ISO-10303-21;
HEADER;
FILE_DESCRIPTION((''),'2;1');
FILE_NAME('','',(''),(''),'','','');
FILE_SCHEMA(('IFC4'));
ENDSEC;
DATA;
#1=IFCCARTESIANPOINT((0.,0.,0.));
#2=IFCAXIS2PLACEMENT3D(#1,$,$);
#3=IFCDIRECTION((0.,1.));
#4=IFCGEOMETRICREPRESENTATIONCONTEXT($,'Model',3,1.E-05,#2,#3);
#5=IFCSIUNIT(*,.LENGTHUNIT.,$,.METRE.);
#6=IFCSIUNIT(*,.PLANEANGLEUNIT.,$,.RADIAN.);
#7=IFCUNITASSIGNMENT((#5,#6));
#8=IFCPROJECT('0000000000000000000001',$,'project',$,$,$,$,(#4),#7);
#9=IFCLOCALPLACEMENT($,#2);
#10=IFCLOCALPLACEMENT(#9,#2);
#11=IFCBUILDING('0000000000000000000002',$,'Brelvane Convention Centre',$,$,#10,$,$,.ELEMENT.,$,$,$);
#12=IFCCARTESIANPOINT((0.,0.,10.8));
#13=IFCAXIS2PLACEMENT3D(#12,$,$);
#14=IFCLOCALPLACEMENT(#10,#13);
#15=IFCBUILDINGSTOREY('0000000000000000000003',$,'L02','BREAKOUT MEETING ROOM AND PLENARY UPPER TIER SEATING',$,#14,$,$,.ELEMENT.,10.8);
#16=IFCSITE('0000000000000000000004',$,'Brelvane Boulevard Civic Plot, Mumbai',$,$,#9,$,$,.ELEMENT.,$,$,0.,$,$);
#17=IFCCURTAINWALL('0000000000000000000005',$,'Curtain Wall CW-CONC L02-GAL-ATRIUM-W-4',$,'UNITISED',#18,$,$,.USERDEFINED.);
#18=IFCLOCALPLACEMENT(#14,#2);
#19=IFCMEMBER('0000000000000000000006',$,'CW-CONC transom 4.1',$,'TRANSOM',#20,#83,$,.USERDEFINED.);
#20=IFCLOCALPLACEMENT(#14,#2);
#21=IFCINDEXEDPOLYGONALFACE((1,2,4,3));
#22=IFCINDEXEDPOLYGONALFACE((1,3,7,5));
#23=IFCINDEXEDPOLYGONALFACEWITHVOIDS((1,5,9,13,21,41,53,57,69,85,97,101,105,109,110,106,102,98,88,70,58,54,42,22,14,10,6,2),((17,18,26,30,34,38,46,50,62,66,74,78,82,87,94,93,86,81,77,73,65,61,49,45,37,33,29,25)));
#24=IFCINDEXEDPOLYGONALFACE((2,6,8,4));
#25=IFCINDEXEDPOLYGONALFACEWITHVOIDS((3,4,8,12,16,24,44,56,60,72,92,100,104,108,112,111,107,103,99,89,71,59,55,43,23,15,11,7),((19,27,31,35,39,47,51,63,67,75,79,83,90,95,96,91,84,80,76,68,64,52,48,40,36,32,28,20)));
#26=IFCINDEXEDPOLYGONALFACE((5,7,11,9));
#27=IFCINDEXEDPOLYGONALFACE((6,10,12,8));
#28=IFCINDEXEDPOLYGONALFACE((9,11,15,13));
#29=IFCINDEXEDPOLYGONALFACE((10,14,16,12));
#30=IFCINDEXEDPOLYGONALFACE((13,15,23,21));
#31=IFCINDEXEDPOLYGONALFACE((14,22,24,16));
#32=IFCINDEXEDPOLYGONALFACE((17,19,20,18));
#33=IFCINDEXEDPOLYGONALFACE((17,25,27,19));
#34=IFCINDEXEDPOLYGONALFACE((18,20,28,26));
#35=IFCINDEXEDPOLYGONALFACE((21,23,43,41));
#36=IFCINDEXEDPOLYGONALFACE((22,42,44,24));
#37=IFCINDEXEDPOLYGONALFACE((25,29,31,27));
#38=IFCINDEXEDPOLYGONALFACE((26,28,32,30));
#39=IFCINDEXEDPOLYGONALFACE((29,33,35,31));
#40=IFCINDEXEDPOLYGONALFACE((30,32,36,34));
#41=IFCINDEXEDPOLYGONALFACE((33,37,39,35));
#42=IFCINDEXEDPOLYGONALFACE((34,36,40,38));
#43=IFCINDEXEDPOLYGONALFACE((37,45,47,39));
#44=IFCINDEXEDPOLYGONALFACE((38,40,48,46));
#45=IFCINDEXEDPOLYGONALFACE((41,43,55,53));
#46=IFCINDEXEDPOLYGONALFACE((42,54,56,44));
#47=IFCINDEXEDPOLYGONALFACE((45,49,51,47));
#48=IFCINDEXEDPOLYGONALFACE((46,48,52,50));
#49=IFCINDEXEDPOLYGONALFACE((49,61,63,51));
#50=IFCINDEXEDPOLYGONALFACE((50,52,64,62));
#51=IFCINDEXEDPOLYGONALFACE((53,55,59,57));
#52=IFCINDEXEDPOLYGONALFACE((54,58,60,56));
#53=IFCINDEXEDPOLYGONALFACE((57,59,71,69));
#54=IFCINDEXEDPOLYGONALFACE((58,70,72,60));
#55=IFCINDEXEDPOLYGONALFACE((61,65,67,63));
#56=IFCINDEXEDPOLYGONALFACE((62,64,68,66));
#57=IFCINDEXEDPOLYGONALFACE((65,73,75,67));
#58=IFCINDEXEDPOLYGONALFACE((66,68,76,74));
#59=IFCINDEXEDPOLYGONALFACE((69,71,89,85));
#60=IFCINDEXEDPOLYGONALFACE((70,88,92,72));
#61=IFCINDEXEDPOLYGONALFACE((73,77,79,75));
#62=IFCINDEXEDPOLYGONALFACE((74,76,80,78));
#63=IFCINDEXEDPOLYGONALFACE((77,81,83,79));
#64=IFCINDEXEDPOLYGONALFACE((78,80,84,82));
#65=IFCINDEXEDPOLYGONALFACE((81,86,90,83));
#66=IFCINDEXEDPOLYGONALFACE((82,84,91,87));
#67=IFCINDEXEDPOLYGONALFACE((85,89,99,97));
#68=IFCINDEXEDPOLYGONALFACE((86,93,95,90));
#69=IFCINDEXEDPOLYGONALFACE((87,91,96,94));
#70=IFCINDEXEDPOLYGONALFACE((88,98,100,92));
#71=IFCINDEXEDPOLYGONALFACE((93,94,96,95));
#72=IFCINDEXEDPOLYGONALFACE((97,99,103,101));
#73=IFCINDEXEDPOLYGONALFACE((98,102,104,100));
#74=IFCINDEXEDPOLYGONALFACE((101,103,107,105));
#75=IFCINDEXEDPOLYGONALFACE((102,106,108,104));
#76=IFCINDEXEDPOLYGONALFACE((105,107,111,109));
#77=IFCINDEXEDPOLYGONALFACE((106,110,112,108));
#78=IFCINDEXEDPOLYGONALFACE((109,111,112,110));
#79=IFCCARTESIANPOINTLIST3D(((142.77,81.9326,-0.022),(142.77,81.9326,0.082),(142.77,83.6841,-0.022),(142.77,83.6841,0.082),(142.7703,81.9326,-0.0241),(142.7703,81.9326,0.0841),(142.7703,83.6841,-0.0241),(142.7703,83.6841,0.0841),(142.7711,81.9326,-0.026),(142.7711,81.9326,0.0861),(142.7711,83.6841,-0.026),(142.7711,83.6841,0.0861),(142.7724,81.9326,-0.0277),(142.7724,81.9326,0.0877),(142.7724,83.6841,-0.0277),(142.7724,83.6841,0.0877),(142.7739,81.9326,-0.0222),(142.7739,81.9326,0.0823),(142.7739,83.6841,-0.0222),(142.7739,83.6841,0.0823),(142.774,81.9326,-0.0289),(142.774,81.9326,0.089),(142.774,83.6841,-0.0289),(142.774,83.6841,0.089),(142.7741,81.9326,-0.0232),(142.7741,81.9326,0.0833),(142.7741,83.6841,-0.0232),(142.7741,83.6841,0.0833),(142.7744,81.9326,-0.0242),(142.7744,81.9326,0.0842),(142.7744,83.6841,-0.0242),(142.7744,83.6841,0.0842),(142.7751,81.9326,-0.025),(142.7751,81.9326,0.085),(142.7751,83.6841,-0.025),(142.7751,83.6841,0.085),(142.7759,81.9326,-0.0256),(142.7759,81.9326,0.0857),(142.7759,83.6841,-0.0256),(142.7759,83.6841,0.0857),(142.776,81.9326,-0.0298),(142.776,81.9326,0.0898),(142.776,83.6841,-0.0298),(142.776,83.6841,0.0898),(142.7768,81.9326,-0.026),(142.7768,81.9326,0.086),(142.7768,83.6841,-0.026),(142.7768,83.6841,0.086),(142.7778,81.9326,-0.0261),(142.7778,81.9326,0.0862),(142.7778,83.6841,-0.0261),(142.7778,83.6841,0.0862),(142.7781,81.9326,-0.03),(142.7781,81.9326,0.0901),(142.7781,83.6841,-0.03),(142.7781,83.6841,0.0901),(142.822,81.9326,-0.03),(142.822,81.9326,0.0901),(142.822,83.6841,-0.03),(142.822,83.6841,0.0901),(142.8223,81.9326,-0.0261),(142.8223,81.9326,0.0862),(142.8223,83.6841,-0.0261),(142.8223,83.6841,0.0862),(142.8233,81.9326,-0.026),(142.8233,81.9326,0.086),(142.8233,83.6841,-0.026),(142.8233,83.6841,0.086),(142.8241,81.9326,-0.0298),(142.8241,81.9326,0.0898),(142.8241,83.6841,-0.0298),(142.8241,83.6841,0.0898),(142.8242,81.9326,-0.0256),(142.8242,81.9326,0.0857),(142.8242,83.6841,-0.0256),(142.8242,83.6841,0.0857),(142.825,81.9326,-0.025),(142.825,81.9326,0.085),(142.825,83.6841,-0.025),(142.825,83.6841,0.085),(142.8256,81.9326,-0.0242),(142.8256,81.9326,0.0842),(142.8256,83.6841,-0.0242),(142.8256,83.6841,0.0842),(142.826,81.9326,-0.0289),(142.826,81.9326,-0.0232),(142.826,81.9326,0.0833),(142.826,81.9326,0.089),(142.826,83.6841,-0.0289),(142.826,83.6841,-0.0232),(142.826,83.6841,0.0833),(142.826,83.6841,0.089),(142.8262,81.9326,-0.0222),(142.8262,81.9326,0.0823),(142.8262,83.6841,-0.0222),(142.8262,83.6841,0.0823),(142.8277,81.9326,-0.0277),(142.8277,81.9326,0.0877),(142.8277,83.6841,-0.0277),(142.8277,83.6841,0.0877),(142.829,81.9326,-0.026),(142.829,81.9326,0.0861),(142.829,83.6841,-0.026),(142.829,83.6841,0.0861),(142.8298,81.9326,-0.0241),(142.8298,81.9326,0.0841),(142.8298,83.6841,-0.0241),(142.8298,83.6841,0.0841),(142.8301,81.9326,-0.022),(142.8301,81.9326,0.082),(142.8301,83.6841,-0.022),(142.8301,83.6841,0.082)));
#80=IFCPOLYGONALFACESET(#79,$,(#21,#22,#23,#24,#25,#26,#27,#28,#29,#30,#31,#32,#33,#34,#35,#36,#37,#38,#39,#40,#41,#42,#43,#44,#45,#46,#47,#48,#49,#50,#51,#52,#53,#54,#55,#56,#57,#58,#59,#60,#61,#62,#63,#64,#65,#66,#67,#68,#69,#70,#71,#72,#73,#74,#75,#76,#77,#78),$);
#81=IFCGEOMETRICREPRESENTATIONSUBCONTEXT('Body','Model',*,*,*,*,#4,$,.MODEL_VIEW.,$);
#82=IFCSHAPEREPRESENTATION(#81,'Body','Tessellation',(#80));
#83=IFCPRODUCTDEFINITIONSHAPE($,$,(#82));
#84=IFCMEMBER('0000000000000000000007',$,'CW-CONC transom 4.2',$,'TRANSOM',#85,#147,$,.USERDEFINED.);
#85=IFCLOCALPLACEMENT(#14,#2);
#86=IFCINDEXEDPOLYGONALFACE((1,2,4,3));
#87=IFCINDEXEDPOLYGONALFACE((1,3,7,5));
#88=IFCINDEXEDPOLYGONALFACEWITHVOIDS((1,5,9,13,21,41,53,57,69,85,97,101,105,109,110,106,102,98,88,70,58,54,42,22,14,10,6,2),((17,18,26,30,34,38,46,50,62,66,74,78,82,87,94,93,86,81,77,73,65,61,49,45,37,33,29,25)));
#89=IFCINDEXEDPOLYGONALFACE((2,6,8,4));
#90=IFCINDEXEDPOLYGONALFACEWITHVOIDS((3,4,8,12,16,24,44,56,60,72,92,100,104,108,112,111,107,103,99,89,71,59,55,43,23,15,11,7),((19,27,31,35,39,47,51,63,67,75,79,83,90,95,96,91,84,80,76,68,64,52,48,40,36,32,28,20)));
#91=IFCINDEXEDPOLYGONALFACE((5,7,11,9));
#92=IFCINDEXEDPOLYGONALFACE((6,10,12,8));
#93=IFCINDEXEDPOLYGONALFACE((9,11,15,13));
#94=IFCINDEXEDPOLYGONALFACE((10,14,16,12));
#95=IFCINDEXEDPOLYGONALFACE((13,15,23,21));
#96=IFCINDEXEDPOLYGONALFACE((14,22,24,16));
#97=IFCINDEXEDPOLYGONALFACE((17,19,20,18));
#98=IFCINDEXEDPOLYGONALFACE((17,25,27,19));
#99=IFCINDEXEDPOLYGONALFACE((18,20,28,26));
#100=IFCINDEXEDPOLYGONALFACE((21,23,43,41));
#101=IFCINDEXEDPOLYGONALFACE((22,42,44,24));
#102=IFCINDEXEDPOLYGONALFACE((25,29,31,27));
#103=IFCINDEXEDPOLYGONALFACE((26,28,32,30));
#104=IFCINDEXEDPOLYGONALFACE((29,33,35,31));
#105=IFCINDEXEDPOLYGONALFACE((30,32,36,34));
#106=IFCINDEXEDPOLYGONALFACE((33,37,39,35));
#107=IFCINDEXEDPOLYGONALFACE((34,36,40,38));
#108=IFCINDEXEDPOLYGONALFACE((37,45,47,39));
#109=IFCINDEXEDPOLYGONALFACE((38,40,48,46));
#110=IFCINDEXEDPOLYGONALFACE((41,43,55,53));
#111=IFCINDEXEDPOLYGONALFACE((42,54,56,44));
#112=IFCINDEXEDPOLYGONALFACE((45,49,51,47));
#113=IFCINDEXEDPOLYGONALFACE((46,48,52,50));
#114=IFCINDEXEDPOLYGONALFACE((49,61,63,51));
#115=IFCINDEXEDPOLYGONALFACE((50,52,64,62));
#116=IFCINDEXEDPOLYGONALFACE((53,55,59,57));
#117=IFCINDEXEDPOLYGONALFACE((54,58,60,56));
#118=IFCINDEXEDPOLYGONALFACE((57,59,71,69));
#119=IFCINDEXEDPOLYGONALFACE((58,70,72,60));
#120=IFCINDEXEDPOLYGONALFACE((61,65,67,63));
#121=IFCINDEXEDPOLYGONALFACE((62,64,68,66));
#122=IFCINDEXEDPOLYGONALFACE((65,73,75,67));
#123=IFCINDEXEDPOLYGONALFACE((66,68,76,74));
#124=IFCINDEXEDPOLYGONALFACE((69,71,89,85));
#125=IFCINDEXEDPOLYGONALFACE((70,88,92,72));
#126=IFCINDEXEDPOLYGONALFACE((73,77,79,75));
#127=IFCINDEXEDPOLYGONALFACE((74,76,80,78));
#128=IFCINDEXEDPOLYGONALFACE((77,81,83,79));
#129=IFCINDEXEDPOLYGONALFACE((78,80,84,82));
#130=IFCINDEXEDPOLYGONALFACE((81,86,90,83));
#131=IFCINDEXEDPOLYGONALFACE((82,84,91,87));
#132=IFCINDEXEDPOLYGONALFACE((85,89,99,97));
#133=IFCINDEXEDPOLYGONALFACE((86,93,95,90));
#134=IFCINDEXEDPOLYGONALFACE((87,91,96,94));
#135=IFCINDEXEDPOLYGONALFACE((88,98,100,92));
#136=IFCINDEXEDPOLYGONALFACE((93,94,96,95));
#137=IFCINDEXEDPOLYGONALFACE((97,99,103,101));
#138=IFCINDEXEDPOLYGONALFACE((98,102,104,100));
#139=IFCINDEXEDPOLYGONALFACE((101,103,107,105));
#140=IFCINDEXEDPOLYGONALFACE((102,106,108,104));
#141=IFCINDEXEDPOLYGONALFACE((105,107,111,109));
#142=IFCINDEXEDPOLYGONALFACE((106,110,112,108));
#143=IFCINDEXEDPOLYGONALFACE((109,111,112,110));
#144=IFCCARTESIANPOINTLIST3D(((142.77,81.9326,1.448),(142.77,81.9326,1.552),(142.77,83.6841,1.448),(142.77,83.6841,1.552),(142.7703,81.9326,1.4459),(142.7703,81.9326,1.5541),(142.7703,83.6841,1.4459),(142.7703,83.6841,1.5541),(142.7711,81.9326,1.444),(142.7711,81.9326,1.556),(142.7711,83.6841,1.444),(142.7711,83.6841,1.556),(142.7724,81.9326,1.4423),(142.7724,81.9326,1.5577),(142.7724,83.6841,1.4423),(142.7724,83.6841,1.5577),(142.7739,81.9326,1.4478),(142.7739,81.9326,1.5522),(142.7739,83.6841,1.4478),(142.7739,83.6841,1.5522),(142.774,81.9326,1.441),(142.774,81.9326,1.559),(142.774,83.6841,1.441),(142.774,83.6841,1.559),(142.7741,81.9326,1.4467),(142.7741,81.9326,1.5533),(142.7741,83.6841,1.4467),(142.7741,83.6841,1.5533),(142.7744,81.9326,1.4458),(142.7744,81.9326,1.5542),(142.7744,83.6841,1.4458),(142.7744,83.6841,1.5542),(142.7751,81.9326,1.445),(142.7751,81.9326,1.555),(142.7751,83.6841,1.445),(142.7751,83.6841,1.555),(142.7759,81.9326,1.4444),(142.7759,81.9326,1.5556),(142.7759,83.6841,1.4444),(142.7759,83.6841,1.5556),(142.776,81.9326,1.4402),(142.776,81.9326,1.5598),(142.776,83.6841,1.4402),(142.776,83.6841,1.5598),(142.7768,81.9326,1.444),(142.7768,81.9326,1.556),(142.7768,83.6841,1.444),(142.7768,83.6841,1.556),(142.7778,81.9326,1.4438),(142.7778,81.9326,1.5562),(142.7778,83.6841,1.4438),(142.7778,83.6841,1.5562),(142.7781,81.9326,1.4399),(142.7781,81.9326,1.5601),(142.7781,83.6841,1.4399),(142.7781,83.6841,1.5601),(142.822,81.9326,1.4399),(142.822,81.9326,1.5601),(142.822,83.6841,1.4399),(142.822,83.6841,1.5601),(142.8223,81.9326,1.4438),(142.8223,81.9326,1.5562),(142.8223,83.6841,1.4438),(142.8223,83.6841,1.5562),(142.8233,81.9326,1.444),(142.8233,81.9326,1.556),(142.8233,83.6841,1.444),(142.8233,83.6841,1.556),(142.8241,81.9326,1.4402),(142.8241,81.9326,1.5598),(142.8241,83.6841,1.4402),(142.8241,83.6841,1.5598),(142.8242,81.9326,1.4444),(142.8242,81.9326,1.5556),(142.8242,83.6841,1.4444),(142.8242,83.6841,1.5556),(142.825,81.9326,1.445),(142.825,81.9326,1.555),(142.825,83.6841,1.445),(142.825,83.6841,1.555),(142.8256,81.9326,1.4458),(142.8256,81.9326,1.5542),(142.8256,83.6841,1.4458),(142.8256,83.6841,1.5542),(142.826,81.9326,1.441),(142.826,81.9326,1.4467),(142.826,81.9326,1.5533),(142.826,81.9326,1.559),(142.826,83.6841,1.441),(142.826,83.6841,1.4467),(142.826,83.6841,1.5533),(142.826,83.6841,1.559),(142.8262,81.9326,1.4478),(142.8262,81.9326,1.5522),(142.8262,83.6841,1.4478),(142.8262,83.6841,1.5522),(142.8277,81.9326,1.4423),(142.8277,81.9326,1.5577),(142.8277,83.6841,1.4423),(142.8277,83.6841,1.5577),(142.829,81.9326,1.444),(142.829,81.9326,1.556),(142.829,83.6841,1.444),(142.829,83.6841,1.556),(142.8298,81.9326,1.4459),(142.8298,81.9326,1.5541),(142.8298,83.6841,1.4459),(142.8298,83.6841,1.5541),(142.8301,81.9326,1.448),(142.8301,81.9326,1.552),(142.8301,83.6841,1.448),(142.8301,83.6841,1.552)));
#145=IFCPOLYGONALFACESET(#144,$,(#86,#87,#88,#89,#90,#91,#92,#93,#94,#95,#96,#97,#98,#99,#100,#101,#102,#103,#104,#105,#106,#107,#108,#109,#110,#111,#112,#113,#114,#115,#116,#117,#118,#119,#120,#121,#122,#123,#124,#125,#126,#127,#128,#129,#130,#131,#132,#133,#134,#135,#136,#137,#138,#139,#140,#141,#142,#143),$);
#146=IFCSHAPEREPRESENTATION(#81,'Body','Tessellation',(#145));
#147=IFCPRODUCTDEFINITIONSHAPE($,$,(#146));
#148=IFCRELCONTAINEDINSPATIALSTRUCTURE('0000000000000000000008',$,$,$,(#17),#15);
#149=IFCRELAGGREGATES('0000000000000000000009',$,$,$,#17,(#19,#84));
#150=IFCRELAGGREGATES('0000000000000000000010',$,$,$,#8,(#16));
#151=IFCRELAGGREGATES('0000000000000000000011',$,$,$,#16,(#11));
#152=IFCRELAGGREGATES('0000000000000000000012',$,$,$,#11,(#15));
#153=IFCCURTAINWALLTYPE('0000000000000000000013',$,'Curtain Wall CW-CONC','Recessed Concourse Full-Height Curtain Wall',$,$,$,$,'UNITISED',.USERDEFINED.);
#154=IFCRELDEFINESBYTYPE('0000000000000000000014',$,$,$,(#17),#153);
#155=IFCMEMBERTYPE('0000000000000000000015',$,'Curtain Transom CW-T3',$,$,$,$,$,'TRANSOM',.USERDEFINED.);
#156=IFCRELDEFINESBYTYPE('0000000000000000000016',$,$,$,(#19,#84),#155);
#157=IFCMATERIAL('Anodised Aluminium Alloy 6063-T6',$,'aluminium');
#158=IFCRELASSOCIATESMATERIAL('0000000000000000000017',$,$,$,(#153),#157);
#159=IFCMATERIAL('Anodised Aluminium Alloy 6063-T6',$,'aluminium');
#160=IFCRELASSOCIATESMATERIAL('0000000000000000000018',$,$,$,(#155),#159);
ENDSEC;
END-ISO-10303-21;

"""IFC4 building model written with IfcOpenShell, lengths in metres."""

from ifc_helpers import new_model, si_unit, direction, frame, origin, origin_2d, place, context, subcontext, project, spatial, hollow_rectangle, extrude, material, material_profile, profile_set, type_object, element, aggregate, save


model = new_model("IFC4")

# Units and contexts
model_context = context("Model", 3, precision=1e-05, world=origin(), true_north=direction((0.0, 1.0)))
body_context = subcontext(model_context, "Body", "Model", "MODEL_VIEW")
ifc_project = project(units=[si_unit("LENGTHUNIT", "METRE"), si_unit("PLANEANGLEUNIT", "RADIAN")], contexts=[model_context])

# Site, building, storey
site_placement = place(None, origin())
site = spatial("IfcSite", under=ifc_project, at=site_placement, Name="Brelvane Boulevard Civic Plot, Mumbai", CompositionType="ELEMENT", RefElevation=0.0)
building_placement = place(site_placement, origin())
building = spatial("IfcBuilding", under=site, at=building_placement, Name="Brelvane Convention Centre", CompositionType="ELEMENT")
storey_placement = place(building_placement, frame((0.0, 0.0, 10.8)))
storey = spatial("IfcBuildingStorey", under=building, at=storey_placement, Name="L02", Description="BREAKOUT MEETING ROOM AND PLENARY UPPER TIER SEATING", CompositionType="ELEMENT", Elevation=10.8)

# Curtain wall
ifc_material_1 = material(Name="Anodised Aluminium Alloy 6063-T6", Category="aluminium")
curtain_wall_type = type_object("IfcCurtainWallType", Name="Curtain Wall CW-CONC", Description="Recessed Concourse Full-Height Curtain Wall", ElementType="UNITISED", PredefinedType="USERDEFINED", material=ifc_material_1)
curtain_wall_1_placement = place(storey_placement, origin())
curtain_wall_1 = element("IfcCurtainWall", 1, at=curtain_wall_1_placement, inside=storey, type_object=curtain_wall_type, Name="Curtain Wall CW-CONC L02-GAL-ATRIUM-W-4", ObjectType="UNITISED", PredefinedType="USERDEFINED")

# Members
ifc_material_2 = material(Name="Anodised Aluminium Alloy 6063-T6", Category="aluminium")
ifc_material_profile_1 = material_profile(ifc_material_2, hollow_rectangle(XDim=0.0601, YDim=0.1201, WallThickness=0.0039, InnerFilletRadius=0.0039, OuterFilletRadius=0.0081, at=origin_2d()), Name="ALU-T 120x60x4.0")
ifc_profile_set_1 = profile_set([ifc_material_profile_1], Name="Anodised Aluminium Alloy 6063-T6")
member_type_1 = type_object("IfcMemberType", Name="Curtain Transom CW-T3", ElementType="TRANSOM", PredefinedType="USERDEFINED", material=ifc_profile_set_1)
member_1_placement = place(storey_placement, frame((142.8, 81.9326, 0.03), z_axis=(0.0, 1.0, 0.0), x_axis=(-1.0, 0.0, 0.0)))
member_1 = element("IfcMember", 2, at=member_1_placement, type_object=member_type_1, Name="CW-CONC transom 4.1", ObjectType="TRANSOM", PredefinedType="USERDEFINED", context=body_context, shape_type="SweptSolid", body=[
    extrude(hollow_rectangle(XDim=0.0601, YDim=0.1201, WallThickness=0.0039, InnerFilletRadius=0.0039, OuterFilletRadius=0.0081, at=origin_2d()), origin(), (0.0, 0.0, 1.0), 1.7515),
])
member_2_placement = place(storey_placement, frame((142.8, 81.9326, 1.5), z_axis=(0.0, 1.0, 0.0), x_axis=(-1.0, 0.0, 0.0)))
member_2 = element("IfcMember", 3, at=member_2_placement, type_object=member_type_1, Name="CW-CONC transom 4.2", ObjectType="TRANSOM", PredefinedType="USERDEFINED", context=body_context, shape_type="SweptSolid", body=[
    extrude(hollow_rectangle(XDim=0.0601, YDim=0.1201, WallThickness=0.0039, InnerFilletRadius=0.0039, OuterFilletRadius=0.0081, at=origin_2d()), origin(), (0.0, 0.0, 1.0), 1.7515),
])

aggregate(curtain_wall_1, [member_1, member_2])

save(model, "model.ifc")
